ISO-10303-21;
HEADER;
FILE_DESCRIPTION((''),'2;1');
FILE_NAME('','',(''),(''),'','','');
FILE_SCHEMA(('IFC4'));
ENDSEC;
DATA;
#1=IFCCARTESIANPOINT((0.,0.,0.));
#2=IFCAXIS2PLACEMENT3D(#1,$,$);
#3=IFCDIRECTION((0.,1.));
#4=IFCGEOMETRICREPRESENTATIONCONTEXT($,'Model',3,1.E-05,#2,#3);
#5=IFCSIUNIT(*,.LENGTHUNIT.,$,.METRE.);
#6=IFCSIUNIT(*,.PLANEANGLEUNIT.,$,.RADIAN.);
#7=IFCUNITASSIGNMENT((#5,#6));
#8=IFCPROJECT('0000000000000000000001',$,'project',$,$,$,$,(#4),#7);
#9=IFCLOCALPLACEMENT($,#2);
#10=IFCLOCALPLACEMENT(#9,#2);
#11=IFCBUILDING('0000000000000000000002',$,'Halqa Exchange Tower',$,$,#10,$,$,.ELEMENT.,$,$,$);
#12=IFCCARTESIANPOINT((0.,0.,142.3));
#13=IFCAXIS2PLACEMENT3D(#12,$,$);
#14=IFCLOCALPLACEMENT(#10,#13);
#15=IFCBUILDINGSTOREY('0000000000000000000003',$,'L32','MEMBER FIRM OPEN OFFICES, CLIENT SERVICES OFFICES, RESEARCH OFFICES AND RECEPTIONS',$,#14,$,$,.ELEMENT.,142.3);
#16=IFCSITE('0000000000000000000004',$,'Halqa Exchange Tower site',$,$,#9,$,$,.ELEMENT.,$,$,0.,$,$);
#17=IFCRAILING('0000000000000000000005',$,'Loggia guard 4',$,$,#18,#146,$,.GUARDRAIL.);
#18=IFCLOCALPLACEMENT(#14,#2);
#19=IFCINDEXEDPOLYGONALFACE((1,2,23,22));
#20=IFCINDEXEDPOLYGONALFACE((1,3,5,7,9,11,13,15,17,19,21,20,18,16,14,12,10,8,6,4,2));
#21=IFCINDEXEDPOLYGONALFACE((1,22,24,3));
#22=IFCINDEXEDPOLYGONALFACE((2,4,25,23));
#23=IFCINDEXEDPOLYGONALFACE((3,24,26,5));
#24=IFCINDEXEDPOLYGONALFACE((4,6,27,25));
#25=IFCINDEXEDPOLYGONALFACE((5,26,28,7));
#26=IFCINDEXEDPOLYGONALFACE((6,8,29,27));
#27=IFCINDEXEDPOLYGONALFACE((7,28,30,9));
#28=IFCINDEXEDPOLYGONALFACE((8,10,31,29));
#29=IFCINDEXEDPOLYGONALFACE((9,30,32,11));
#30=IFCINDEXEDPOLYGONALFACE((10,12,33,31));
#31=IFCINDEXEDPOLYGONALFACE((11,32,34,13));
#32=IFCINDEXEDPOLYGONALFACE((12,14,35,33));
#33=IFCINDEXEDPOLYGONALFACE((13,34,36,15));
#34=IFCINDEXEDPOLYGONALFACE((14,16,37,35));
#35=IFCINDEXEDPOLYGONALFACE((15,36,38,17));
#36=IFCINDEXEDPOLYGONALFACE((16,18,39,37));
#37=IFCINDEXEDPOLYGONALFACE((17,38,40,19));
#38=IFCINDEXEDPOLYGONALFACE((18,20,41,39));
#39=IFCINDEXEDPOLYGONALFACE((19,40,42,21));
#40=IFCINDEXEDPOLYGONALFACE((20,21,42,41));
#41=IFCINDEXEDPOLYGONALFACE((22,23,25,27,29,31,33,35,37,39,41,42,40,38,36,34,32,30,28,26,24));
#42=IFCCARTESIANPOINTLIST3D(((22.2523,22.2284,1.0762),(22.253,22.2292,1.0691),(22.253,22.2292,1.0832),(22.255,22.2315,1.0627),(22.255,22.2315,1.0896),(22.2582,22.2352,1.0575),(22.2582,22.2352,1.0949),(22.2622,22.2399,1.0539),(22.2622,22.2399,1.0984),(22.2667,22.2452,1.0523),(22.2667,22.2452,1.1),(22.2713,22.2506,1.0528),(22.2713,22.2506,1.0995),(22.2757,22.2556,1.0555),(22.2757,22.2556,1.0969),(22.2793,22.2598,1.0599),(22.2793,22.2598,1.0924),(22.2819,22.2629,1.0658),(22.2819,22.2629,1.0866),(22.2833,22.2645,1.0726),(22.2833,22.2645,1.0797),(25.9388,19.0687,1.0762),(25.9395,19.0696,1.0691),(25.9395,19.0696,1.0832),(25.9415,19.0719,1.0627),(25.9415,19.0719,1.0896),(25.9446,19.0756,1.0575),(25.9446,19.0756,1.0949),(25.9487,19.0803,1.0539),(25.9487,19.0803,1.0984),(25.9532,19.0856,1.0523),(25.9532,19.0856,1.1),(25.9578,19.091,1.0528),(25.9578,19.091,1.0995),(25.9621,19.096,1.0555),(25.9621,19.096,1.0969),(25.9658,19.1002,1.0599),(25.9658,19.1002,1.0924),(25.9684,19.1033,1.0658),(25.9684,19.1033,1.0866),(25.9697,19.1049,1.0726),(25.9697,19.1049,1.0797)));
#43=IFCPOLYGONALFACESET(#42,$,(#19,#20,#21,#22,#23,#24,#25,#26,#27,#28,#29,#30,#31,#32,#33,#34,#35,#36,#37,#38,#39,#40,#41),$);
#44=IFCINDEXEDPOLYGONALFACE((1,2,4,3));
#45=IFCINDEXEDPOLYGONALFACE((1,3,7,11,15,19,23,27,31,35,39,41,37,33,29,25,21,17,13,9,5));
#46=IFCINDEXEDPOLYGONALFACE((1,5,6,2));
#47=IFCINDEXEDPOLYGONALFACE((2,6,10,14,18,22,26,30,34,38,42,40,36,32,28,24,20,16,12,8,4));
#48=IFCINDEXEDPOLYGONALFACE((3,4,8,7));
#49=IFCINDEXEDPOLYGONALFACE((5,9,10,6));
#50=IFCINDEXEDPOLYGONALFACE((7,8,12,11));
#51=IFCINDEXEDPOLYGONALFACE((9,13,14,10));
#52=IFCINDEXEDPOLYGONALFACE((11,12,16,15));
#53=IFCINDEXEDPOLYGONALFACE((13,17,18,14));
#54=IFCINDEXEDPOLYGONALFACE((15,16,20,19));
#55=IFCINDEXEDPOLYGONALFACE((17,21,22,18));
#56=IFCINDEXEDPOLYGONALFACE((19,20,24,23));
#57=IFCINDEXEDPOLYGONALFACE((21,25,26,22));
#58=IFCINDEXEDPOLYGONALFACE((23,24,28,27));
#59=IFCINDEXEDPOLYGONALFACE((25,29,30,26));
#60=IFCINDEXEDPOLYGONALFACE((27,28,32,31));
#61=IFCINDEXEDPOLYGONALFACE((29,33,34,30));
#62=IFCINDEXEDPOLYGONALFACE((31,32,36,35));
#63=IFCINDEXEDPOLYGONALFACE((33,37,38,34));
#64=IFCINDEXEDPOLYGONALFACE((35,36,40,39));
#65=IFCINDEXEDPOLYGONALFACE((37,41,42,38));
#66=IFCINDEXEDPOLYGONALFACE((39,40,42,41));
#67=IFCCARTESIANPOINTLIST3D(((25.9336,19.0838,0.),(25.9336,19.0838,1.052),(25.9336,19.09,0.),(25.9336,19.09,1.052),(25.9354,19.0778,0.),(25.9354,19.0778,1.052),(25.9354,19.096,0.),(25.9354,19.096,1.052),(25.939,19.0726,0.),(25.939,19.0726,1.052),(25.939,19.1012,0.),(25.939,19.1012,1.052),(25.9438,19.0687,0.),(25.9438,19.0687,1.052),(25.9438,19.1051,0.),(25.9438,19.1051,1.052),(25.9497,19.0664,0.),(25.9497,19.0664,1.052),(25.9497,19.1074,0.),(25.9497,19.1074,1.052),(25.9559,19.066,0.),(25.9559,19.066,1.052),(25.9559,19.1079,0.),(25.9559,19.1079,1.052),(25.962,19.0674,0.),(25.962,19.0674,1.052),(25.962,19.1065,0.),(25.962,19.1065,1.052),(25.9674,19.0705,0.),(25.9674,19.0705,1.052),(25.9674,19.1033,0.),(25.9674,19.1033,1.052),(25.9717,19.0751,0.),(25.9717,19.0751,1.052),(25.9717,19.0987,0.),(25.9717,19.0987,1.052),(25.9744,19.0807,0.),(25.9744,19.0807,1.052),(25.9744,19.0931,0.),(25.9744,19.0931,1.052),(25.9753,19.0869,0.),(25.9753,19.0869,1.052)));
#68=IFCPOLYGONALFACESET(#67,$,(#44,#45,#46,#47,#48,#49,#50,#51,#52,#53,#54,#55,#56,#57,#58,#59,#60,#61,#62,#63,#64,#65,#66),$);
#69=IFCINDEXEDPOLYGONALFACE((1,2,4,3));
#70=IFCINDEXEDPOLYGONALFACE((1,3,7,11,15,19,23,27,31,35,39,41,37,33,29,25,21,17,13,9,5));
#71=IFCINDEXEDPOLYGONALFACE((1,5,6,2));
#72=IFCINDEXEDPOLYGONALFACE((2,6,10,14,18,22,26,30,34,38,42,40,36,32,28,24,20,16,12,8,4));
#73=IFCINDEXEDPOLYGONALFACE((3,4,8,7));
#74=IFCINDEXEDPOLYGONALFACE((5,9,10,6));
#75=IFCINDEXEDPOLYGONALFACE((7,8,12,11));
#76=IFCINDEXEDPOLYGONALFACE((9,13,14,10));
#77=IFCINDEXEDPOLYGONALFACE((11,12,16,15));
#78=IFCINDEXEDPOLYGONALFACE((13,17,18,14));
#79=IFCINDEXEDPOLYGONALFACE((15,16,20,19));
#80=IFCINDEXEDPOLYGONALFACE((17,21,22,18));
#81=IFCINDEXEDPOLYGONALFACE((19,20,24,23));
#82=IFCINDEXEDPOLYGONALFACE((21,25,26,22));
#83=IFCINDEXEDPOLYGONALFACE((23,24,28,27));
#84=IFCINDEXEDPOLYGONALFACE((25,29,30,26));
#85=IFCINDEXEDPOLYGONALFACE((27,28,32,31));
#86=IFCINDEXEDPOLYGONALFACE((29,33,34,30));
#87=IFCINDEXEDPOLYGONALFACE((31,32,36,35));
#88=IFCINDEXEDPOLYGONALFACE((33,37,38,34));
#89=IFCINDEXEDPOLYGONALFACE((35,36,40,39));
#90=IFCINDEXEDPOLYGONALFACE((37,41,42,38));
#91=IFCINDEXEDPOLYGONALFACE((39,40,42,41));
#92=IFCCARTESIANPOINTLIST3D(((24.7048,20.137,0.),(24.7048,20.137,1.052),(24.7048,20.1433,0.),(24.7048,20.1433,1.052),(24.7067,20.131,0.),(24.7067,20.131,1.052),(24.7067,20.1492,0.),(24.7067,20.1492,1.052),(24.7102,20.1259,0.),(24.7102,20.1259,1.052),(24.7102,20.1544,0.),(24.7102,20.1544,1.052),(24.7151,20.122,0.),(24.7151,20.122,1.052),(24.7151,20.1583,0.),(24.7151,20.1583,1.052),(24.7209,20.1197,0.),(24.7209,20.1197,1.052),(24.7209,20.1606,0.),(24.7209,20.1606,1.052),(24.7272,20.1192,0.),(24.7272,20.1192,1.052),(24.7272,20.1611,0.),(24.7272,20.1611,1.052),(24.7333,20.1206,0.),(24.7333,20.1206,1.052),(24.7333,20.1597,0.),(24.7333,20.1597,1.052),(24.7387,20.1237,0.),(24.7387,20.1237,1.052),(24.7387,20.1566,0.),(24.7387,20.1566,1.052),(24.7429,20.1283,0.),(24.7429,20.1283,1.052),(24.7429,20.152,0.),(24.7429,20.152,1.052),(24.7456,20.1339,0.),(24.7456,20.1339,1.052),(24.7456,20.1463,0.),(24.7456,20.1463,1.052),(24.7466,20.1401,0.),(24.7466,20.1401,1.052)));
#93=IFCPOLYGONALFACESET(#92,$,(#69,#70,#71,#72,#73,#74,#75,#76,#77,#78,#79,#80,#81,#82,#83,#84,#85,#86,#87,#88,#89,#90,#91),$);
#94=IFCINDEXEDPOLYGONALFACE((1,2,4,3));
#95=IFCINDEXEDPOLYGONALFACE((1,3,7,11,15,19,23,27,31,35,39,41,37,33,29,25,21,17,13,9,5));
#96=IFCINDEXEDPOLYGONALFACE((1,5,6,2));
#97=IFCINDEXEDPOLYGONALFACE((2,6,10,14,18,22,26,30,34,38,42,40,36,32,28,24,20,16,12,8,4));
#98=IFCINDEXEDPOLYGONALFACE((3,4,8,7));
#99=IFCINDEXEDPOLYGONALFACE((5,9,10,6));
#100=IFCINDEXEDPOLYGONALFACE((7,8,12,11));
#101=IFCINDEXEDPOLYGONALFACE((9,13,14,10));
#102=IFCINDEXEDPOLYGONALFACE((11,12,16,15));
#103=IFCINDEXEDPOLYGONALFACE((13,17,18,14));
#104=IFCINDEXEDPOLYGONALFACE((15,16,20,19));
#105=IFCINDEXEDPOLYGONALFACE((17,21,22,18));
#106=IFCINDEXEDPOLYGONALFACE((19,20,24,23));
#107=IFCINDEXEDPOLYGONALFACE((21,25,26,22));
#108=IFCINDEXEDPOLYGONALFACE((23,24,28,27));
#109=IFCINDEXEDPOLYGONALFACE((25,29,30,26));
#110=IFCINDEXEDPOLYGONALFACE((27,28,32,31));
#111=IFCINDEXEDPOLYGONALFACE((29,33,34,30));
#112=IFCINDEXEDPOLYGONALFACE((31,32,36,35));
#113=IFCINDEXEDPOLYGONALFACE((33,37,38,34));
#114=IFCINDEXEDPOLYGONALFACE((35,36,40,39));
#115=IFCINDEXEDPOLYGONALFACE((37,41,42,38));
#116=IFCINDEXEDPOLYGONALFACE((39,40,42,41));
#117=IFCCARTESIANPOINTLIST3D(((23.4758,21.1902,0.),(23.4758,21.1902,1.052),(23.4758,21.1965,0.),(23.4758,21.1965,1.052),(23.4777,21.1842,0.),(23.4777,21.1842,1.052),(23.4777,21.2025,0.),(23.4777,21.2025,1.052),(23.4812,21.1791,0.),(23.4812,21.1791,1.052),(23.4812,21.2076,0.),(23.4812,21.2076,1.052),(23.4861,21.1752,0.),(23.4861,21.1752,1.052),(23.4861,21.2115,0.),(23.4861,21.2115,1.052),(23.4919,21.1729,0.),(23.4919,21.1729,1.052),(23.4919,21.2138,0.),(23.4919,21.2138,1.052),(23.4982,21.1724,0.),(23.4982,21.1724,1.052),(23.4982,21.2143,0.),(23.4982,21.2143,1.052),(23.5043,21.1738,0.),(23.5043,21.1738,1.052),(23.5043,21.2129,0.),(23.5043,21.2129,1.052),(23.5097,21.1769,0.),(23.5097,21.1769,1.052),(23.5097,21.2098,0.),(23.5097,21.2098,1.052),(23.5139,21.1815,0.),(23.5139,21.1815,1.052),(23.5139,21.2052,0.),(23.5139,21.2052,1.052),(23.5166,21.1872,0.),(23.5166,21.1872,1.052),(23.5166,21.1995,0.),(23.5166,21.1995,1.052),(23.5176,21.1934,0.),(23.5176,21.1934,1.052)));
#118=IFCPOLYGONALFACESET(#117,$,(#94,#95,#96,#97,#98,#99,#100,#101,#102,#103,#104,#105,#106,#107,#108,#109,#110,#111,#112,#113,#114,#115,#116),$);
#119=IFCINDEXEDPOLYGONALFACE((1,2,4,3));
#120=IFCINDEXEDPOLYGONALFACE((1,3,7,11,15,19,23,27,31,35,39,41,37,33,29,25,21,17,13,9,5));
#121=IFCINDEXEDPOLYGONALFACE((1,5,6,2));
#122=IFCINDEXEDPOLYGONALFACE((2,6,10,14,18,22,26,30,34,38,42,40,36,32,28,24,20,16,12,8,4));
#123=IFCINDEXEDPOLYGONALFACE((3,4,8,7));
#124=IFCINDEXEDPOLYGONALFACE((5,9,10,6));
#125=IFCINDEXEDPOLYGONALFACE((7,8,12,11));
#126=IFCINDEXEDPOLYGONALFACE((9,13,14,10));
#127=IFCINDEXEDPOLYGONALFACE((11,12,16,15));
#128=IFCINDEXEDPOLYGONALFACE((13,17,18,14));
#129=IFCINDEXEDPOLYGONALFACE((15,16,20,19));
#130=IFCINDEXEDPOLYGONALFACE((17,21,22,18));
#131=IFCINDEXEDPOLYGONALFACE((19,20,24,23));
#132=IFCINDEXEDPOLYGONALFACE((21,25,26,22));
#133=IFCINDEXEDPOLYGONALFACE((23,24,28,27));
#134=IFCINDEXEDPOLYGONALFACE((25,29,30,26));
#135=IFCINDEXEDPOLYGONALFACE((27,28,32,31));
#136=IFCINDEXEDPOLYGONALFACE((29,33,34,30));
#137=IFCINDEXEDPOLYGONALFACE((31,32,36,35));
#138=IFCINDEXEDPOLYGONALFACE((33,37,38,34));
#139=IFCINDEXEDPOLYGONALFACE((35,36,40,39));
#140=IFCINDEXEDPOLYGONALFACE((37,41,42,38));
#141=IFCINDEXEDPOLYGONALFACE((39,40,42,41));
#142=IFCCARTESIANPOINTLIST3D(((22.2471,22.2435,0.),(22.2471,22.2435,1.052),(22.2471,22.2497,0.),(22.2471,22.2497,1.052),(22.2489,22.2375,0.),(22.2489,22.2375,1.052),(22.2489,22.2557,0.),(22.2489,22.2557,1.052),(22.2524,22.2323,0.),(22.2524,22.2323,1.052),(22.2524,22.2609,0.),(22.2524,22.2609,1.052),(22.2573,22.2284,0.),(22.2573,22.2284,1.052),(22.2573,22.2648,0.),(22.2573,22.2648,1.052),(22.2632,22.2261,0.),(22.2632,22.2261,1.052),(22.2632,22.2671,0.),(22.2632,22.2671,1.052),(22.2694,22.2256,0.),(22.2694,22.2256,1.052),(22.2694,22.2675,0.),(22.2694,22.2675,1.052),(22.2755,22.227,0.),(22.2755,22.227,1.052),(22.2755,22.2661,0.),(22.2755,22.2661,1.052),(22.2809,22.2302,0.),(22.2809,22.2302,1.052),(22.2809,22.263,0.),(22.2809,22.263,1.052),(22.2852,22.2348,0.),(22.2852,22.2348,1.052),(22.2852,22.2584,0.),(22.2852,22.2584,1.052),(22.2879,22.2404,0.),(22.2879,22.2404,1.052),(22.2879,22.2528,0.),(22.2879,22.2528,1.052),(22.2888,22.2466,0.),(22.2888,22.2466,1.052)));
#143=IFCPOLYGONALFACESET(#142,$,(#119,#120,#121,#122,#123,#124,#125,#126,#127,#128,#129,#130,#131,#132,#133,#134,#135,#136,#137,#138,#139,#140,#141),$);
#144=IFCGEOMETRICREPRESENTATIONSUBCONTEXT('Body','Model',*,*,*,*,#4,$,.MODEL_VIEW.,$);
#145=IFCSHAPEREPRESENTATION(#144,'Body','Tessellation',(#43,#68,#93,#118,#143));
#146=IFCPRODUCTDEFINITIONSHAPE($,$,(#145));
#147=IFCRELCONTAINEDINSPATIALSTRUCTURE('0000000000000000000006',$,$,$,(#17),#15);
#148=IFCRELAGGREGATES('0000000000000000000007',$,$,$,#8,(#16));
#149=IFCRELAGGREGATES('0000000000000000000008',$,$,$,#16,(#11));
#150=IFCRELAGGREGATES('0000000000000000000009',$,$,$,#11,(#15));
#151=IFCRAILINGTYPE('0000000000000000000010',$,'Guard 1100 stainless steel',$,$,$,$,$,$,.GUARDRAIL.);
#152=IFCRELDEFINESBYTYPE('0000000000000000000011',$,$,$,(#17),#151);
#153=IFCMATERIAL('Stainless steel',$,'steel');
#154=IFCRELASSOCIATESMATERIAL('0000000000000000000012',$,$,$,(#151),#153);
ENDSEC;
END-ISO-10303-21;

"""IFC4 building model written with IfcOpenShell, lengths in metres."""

from ifc_helpers import new_model, si_unit, direction, frame, origin, origin_2d, place, context, subcontext, project, spatial, circle, extrude, material, type_object, element, save


model = new_model("IFC4")

# Units and contexts
model_context = context("Model", 3, precision=1e-05, world=origin(), true_north=direction((0.0, 1.0)))
body_context = subcontext(model_context, "Body", "Model", "MODEL_VIEW")
ifc_project = project(units=[si_unit("LENGTHUNIT", "METRE"), si_unit("PLANEANGLEUNIT", "RADIAN")], contexts=[model_context])

# Site, building, storey
site_placement = place(None, origin())
site = spatial("IfcSite", under=ifc_project, at=site_placement, Name="Halqa Exchange Tower site", CompositionType="ELEMENT", RefElevation=0.0)
building_placement = place(site_placement, origin())
building = spatial("IfcBuilding", under=site, at=building_placement, Name="Halqa Exchange Tower", CompositionType="ELEMENT")
storey_placement = place(building_placement, frame((0.0, 0.0, 142.3)))
storey = spatial("IfcBuildingStorey", under=building, at=storey_placement, Name="L32", Description="MEMBER FIRM OPEN OFFICES, CLIENT SERVICES OFFICES, RESEARCH OFFICES AND RECEPTIONS", CompositionType="ELEMENT", Elevation=142.3)

# Railing
ifc_material_1 = material(Name="Stainless steel", Category="steel")
railing_type = type_object("IfcRailingType", Name="Guard 1100 stainless steel", PredefinedType="GUARDRAIL", material=ifc_material_1)
railing_1_placement = place(storey_placement, frame((25.9543, 19.0869, 0.0)))
element("IfcRailing", 1, at=railing_1_placement, inside=storey, type_object=railing_type, Name="Loggia guard 4", PredefinedType="GUARDRAIL", context=body_context, shape_type="SweptSolid", body=[
    extrude(circle(Radius=0.0239, at=origin_2d()), frame((0.0, 0.0, 1.0762), z_axis=(-0.759278, 0.650767, 0.0), x_axis=(-0.650767, -0.759278, 0.0)), (0.0, 0.0, 1.0), 4.8552),
    extrude(circle(Radius=0.021, at=origin_2d()), origin(), (0.0, 0.0, 1.0), 1.052),
    extrude(circle(Radius=0.021, at=origin_2d()), frame((-1.2288, 1.0532, 0.0)), (0.0, 0.0, 1.0), 1.052),
    extrude(circle(Radius=0.021, at=origin_2d()), frame((-2.4578, 2.1064, 0.0)), (0.0, 0.0, 1.0), 1.052),
    extrude(circle(Radius=0.021, at=origin_2d()), frame((-3.6865, 3.1597, 0.0)), (0.0, 0.0, 1.0), 1.052),
])

save(model, "model.ifc")
